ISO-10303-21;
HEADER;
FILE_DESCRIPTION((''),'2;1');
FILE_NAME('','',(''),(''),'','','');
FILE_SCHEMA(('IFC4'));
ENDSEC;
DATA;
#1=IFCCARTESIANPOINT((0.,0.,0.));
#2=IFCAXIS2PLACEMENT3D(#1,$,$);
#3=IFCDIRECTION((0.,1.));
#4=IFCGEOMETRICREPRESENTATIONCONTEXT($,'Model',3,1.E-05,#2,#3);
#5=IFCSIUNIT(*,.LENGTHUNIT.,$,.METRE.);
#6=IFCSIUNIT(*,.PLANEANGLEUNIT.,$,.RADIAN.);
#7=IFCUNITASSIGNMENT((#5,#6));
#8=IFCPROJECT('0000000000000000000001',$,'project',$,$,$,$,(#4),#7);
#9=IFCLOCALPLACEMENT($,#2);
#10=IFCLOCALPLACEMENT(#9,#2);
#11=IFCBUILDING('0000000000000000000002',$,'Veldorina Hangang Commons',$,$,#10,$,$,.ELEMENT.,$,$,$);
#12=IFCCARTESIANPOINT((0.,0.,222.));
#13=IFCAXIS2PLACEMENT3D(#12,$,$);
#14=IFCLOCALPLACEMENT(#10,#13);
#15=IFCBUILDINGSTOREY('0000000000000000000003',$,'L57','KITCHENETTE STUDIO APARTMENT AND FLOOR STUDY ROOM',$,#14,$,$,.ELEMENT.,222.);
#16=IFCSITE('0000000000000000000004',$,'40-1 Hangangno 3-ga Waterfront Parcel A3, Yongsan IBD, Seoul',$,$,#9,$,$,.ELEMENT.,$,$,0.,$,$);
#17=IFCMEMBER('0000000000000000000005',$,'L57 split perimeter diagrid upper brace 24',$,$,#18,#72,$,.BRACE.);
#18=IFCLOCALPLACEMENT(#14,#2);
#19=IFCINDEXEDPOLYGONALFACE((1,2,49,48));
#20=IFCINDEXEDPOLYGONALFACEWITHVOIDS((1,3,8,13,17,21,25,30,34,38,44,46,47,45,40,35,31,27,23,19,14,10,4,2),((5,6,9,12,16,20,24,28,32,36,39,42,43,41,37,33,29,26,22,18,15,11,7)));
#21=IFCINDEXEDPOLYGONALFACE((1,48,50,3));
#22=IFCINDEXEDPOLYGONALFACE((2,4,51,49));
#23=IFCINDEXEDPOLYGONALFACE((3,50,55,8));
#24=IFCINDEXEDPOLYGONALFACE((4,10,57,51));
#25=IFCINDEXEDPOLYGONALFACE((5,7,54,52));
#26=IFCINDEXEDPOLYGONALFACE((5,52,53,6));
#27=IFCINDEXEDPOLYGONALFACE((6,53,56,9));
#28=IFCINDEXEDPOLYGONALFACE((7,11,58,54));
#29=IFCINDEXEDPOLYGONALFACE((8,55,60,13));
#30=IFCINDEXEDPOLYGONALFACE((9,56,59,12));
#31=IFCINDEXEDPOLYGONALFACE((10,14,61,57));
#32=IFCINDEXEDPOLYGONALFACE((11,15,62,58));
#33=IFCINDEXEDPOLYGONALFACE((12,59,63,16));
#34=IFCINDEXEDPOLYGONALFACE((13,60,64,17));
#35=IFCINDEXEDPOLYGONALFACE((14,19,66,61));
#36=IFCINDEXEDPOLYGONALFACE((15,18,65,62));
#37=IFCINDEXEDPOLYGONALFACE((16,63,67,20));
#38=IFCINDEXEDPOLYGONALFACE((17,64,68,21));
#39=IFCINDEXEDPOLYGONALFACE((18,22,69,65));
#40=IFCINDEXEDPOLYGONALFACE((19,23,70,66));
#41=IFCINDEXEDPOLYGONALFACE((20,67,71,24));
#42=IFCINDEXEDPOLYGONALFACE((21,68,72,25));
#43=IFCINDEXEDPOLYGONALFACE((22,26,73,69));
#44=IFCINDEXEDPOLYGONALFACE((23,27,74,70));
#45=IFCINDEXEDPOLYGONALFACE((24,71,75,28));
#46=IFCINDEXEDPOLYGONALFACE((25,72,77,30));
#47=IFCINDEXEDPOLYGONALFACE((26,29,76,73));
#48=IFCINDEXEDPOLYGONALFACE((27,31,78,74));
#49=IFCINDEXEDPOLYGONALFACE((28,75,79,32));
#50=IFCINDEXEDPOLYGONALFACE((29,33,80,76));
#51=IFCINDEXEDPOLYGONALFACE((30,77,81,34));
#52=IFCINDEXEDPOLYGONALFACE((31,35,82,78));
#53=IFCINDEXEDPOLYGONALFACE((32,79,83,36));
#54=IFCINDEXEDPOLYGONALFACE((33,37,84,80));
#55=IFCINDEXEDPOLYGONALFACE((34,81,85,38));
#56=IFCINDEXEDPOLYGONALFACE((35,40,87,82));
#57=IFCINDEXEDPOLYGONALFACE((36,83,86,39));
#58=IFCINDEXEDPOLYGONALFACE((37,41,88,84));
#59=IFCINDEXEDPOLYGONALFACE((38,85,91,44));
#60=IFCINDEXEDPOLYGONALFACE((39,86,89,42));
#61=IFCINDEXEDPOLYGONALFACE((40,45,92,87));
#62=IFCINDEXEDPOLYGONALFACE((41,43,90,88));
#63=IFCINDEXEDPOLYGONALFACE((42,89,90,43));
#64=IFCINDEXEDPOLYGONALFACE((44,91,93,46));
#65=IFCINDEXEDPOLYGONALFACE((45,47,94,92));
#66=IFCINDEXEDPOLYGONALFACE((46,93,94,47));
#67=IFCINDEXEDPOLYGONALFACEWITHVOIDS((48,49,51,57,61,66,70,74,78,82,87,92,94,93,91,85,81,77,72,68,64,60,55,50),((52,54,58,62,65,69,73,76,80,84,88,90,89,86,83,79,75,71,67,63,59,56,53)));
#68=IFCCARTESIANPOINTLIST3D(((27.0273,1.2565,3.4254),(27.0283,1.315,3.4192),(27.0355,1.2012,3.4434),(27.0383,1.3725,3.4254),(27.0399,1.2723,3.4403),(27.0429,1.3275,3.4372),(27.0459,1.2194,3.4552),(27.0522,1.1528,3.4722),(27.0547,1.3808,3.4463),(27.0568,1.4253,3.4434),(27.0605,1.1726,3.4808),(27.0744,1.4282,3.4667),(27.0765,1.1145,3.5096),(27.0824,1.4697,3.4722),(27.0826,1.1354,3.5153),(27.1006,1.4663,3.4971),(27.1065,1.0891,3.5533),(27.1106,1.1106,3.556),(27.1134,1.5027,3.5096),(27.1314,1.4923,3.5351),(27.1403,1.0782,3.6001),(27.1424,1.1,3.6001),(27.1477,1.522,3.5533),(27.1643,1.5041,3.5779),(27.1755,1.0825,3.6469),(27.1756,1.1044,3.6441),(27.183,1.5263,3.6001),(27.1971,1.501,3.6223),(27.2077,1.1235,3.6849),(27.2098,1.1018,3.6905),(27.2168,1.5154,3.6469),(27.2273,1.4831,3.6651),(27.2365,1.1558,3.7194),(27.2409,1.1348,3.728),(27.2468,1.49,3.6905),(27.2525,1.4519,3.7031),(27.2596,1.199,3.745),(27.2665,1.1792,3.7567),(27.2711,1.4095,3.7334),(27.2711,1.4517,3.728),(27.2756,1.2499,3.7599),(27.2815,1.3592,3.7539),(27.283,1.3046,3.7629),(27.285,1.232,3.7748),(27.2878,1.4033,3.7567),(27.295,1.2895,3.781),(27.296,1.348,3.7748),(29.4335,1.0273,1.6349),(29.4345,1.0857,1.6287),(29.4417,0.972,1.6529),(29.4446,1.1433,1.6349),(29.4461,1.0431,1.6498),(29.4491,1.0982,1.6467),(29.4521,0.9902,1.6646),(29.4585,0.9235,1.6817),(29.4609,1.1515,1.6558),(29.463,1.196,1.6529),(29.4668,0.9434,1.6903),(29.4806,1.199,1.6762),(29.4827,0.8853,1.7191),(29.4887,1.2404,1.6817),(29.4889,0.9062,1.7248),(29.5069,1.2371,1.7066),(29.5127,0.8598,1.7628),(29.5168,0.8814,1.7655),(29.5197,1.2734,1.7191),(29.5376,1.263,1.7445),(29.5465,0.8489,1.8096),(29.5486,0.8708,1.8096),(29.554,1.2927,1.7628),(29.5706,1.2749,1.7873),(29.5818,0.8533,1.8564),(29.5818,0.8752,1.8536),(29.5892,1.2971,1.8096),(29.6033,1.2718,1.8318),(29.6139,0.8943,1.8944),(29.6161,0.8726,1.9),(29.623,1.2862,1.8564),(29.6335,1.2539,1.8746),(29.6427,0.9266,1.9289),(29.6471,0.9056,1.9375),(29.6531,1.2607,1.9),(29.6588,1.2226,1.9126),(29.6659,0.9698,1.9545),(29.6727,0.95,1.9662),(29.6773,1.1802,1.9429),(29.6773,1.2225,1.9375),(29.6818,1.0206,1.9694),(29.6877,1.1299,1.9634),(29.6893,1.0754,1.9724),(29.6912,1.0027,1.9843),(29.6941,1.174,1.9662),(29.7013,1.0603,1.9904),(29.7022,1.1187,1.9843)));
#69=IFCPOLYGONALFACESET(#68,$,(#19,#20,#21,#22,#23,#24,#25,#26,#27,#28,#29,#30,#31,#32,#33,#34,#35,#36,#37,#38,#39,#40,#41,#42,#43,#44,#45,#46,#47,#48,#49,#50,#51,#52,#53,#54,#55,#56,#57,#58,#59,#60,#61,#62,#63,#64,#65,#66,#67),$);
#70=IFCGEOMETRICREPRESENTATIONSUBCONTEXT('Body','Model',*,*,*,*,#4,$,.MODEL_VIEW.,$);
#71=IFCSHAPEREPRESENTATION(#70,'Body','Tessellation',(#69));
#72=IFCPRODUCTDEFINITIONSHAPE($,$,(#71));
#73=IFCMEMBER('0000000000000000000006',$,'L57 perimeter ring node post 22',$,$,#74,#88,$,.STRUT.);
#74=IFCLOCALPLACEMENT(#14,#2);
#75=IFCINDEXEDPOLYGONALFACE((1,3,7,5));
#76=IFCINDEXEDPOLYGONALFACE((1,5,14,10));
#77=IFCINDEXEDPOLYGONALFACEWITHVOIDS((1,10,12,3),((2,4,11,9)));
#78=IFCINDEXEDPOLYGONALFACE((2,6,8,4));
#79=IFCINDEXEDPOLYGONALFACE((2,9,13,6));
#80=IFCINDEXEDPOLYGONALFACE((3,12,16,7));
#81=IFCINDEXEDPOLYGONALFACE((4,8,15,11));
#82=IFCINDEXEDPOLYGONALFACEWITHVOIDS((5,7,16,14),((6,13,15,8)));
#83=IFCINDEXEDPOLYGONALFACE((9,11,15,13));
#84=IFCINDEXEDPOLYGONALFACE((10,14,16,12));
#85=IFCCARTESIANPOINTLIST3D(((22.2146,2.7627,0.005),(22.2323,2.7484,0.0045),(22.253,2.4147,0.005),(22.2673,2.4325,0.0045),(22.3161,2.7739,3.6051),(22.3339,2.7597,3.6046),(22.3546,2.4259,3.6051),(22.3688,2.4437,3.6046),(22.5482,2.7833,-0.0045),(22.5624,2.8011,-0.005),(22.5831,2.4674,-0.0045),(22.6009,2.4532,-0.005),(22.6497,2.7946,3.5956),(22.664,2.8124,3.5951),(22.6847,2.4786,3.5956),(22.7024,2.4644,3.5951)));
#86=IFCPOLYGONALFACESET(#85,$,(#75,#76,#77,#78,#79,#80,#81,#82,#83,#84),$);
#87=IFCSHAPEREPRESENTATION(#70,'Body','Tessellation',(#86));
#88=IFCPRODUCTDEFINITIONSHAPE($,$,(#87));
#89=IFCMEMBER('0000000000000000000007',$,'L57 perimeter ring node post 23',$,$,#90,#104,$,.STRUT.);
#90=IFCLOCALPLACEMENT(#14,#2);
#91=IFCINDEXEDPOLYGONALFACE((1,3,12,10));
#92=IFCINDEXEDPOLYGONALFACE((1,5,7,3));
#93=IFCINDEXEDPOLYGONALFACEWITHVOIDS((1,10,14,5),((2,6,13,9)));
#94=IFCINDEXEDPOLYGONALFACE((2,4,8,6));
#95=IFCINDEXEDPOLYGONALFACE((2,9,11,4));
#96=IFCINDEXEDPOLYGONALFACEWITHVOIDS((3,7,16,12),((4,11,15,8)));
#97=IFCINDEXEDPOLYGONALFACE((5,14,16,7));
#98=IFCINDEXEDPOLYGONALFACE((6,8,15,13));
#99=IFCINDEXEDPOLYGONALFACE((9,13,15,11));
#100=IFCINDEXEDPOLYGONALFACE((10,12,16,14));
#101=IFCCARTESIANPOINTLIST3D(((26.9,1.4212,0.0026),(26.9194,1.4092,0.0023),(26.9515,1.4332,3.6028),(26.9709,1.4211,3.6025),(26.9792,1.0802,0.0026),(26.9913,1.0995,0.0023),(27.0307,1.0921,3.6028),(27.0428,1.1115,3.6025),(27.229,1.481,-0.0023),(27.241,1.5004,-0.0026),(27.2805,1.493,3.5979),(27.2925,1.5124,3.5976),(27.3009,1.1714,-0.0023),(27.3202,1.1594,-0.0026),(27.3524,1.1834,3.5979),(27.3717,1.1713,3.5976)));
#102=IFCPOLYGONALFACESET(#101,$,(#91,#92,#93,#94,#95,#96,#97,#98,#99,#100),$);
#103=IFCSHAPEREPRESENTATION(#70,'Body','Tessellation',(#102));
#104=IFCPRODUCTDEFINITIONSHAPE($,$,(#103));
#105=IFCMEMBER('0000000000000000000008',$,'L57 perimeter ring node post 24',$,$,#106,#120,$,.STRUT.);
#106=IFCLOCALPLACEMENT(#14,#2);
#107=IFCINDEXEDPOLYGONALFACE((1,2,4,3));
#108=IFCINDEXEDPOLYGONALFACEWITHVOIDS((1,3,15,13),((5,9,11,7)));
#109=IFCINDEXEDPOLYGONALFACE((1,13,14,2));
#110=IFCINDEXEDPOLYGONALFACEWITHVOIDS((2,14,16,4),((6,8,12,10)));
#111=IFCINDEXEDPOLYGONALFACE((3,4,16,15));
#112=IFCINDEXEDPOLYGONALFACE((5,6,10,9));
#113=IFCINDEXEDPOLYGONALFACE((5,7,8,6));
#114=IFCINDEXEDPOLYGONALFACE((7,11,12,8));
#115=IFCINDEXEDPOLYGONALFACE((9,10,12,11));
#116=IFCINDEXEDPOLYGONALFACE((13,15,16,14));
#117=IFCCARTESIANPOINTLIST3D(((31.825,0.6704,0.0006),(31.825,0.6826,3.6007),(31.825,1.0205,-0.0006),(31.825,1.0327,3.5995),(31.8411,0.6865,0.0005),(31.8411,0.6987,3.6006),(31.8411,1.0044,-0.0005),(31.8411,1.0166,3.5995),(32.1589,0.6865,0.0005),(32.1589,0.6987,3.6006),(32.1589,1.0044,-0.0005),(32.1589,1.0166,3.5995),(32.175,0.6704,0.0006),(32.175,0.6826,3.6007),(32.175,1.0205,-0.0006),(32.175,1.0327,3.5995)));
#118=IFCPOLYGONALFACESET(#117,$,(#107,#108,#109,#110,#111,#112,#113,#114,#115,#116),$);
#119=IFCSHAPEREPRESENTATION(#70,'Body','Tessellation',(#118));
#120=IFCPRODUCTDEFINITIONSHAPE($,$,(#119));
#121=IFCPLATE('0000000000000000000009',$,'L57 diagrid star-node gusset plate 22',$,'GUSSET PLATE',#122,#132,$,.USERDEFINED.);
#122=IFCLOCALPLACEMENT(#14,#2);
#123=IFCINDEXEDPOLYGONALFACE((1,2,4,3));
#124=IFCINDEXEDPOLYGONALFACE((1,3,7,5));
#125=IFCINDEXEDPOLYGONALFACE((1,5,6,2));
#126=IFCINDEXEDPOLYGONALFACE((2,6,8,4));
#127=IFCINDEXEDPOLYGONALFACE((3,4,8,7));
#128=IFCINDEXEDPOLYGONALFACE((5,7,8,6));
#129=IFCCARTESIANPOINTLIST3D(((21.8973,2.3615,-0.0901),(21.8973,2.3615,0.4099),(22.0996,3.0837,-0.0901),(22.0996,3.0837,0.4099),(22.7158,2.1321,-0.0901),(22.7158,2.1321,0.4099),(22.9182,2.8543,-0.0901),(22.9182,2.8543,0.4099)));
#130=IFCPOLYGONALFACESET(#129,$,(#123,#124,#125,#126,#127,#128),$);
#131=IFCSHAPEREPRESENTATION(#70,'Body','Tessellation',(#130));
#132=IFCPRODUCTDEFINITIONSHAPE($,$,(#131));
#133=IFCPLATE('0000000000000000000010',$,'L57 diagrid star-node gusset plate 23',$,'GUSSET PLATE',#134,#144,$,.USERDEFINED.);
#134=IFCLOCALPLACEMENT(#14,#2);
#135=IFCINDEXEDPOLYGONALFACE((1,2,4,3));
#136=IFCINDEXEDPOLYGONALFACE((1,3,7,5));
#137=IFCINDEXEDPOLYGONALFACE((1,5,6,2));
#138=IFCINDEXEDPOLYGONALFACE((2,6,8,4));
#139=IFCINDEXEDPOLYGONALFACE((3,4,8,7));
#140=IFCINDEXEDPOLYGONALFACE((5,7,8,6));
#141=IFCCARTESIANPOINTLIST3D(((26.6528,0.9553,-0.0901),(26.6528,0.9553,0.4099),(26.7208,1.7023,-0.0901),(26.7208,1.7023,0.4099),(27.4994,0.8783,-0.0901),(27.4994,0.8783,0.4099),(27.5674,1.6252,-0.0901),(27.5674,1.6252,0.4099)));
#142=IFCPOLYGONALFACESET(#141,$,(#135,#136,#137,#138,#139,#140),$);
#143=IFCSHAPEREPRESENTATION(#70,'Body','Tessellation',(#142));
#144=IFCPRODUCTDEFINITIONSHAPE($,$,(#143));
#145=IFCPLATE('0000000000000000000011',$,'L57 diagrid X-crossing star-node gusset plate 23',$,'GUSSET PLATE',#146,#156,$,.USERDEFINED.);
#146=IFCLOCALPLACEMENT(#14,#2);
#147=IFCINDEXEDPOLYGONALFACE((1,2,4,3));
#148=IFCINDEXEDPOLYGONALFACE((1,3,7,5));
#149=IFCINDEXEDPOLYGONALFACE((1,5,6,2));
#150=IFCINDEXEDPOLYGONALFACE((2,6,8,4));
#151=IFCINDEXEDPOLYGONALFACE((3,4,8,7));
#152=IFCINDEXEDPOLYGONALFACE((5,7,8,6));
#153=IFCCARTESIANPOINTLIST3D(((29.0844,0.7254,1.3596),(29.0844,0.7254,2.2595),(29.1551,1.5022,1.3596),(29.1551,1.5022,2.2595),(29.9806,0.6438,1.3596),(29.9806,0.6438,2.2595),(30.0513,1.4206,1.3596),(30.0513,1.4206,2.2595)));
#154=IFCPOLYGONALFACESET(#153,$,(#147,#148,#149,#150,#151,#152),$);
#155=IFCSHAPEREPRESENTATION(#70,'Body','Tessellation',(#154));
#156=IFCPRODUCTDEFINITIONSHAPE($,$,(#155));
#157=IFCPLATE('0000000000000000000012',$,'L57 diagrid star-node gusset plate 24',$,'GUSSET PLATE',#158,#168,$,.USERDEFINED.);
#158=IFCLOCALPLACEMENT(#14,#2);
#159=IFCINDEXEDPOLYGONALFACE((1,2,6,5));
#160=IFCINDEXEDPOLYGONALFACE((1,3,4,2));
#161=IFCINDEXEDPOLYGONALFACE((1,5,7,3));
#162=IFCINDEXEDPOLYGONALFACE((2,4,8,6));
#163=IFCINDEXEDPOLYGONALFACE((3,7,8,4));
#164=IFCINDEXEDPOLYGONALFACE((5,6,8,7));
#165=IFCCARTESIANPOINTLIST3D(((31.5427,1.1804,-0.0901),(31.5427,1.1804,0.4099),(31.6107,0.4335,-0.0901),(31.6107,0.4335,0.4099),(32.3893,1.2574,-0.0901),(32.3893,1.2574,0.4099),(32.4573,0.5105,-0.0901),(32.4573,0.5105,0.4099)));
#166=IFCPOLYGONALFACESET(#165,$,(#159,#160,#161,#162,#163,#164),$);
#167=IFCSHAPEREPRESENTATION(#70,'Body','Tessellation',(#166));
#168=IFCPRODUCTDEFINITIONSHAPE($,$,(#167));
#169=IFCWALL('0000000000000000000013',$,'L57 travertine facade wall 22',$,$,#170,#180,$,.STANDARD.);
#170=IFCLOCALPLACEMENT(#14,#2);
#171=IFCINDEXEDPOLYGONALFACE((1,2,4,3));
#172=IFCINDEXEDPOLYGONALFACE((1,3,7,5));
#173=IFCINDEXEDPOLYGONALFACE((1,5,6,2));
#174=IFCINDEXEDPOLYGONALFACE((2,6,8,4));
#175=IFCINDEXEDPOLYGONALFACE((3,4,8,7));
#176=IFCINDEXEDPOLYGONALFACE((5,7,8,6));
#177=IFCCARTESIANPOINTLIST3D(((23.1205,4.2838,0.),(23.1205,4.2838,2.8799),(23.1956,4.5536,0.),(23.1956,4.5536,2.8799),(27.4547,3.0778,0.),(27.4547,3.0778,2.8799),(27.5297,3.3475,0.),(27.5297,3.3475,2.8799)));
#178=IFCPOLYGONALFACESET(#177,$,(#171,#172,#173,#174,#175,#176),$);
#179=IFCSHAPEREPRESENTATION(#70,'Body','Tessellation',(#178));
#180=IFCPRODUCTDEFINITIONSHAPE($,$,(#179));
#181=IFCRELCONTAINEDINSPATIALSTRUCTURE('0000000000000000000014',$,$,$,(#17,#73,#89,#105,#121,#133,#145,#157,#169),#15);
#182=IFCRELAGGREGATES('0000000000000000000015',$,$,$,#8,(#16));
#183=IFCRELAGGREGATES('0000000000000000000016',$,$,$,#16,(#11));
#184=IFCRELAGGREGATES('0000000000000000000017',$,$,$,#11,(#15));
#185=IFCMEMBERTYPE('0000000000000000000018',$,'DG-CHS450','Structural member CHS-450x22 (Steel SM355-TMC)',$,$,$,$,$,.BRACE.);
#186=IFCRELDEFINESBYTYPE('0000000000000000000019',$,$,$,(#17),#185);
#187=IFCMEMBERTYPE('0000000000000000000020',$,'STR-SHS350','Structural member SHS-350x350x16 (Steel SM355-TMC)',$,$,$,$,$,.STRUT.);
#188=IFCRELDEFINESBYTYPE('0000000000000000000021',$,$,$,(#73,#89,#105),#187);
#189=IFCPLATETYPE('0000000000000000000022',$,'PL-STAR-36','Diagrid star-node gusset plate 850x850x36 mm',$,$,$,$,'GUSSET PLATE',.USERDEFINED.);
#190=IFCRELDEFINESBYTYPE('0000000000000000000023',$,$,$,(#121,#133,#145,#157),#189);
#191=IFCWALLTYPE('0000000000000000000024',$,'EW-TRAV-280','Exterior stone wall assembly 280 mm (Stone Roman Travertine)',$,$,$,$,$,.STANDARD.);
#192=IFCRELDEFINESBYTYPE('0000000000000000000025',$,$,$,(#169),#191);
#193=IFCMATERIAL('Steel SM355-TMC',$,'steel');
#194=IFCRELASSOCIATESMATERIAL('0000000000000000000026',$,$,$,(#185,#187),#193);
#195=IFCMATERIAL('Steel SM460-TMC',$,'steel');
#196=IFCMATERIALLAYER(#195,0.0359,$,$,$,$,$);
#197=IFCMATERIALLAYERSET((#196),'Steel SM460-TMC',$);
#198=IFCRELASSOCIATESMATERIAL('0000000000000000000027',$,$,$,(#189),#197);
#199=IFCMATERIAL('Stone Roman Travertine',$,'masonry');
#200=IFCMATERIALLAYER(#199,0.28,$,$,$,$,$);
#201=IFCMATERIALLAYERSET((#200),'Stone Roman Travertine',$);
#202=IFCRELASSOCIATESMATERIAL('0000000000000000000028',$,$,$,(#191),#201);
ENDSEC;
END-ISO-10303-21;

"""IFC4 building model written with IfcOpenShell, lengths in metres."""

from ifc_helpers import new_model, si_unit, direction, frame, frame_2d, origin, origin_2d, place, context, subcontext, project, spatial, rectangle, hollow_rectangle, hollow_circle, extrude, material, layer, layer_set, material_profile, profile_set, type_object, element, save


model = new_model("IFC4")

# Units and contexts
model_context = context("Model", 3, precision=1e-05, world=origin(), true_north=direction((0.0, 1.0)))
body_context = subcontext(model_context, "Body", "Model", "MODEL_VIEW")
ifc_project = project(units=[si_unit("LENGTHUNIT", "METRE"), si_unit("PLANEANGLEUNIT", "RADIAN")], contexts=[model_context])

# Site, building, storey
site_placement = place(None, origin())
site = spatial("IfcSite", under=ifc_project, at=site_placement, Name="40-1 Hangangno 3-ga Waterfront Parcel A3, Yongsan IBD, Seoul", CompositionType="ELEMENT", RefElevation=0.0)
building_placement = place(site_placement, origin())
building = spatial("IfcBuilding", under=site, at=building_placement, Name="Veldorina Hangang Commons", CompositionType="ELEMENT")
storey_placement = place(building_placement, frame((0.0, 0.0, 222.0)))
storey = spatial("IfcBuildingStorey", under=building, at=storey_placement, Name="L57", Description="KITCHENETTE STUDIO APARTMENT AND FLOOR STUDY ROOM", CompositionType="ELEMENT", Elevation=222.0)

# Shared definitions
ifc_material_1 = material(Name="Steel SM355-TMC", Category="steel")

# Members
ifc_material_profile_1 = material_profile(ifc_material_1, hollow_circle(Radius=0.2251, WallThickness=0.022, at=origin_2d()), Name="CHS-450x22")
ifc_profile_set_1 = profile_set([ifc_material_profile_1], Name="Steel SM355-TMC")
member_type_1 = type_object("IfcMemberType", Name="DG-CHS450", Description="Structural member CHS-450x22 (Steel SM355-TMC)", PredefinedType="BRACE", material=ifc_profile_set_1)
member_1_placement = place(storey_placement, frame((29.5679, 1.073, 1.8096), z_axis=(-0.799927, 0.076211, 0.595238), x_axis=(-0.094842, -0.995492, 0.0)))
element("IfcMember", 1, at=member_1_placement, inside=storey, type_object=member_type_1, Name="L57 split perimeter diagrid upper brace 24", PredefinedType="BRACE", context=body_context, shape_type="SweptSolid", body=[
    extrude(hollow_circle(Radius=0.2251, WallThickness=0.022, at=origin_2d()), origin(), (0.0, 0.0, 1.0), 3.0081),
])
ifc_material_profile_2 = material_profile(ifc_material_1, hollow_rectangle(XDim=0.3501, YDim=0.3501, WallThickness=0.0161, at=origin_2d()), Name="SHS-350x350x16")
ifc_profile_set_2 = profile_set([ifc_material_profile_2], Name="Steel SM355-TMC")
member_type_2 = type_object("IfcMemberType", Name="STR-SHS350", Description="Structural member SHS-350x350x16 (Steel SM355-TMC)", PredefinedType="STRUT", material=ifc_profile_set_2)
member_2_placement = place(storey_placement, frame((22.4077, 2.6079, 0.0), z_axis=(0.0282, 0.003118, 0.999597), x_axis=(-0.109907, 0.993942, 0.0)))
element("IfcMember", 2, at=member_2_placement, inside=storey, type_object=member_type_2, Name="L57 perimeter ring node post 22", PredefinedType="STRUT", context=body_context, shape_type="SweptSolid", body=[
    extrude(hollow_rectangle(XDim=0.3501, YDim=0.3501, WallThickness=0.0161, at=origin_2d()), origin(), (0.0, 0.0, 1.0), 3.6016),
])
member_3_placement = place(storey_placement, frame((27.1101, 1.2903, 0.0), z_axis=(0.014307, 0.003323, 0.999892), x_axis=(-0.226208, 0.974079, 0.0)))
element("IfcMember", 3, at=member_3_placement, inside=storey, type_object=member_type_2, Name="L57 perimeter ring node post 23", PredefinedType="STRUT", context=body_context, shape_type="SweptSolid", body=[
    extrude(hollow_rectangle(XDim=0.3501, YDim=0.3501, WallThickness=0.0161, at=origin_2d()), origin(), (0.0, 0.0, 1.0), 3.6006),
])
member_4_placement = place(storey_placement, frame((32.0, 0.8455, 0.0), z_axis=(0.0, 0.003391, 0.999994), x_axis=(-1.0, 0.0, 0.0)))
element("IfcMember", 4, at=member_4_placement, inside=storey, type_object=member_type_2, Name="L57 perimeter ring node post 24", PredefinedType="STRUT", context=body_context, shape_type="SweptSolid", body=[
    extrude(hollow_rectangle(XDim=0.3501, YDim=0.3501, WallThickness=0.0161, at=origin_2d()), origin(), (0.0, 0.0, 1.0), 3.6001),
])

# Plates
ifc_material_2 = material(Name="Steel SM460-TMC", Category="steel")
ifc_layer_1 = layer(ifc_material_2, 0.0359)
ifc_layer_set_1 = layer_set([ifc_layer_1], Name="Steel SM460-TMC")
plate_type = type_object("IfcPlateType", Name="PL-STAR-36", Description="Diagrid star-node gusset plate 850x850x36 mm", ElementType="GUSSET PLATE", PredefinedType="USERDEFINED", material=ifc_layer_set_1)
for number, where, z_axis, x_axis, name in (
    (5, (22.4077, 2.6079, -0.0901), (0.0, 0.0, 1.0), (0.962913, -0.269811, 0.0), "L57 diagrid star-node gusset plate 22"),
    (6, (27.1101, 1.2903, -0.0901), (0.0, 0.0, 1.0), (0.995886, -0.090615, 0.0), "L57 diagrid star-node gusset plate 23"),
):
    element("IfcPlate", number, at=place(storey_placement, frame(where, z_axis=z_axis, x_axis=x_axis)), inside=storey, type_object=plate_type, Name=name, ObjectType="GUSSET PLATE", PredefinedType="USERDEFINED", context=body_context, shape_type="SweptSolid", body=[
        extrude(rectangle(XDim=0.8501, YDim=0.75, at=origin_2d()), origin(), (0.0, 0.0, 1.0), 0.5),
    ])
plate_1_placement = place(storey_placement, frame((29.5679, 1.073, 1.3596), z_axis=(0.0, 0.0, 1.0), x_axis=(0.995886, -0.090615, 0.0)))
element("IfcPlate", 7, at=plate_1_placement, inside=storey, type_object=plate_type, Name="L57 diagrid X-crossing star-node gusset plate 23", ObjectType="GUSSET PLATE", PredefinedType="USERDEFINED", context=body_context, shape_type="SweptSolid", body=[
    extrude(rectangle(XDim=0.8999, YDim=0.78, at=origin_2d()), origin(), (0.0, 0.0, 1.0), 0.8999),
])
plate_2_placement = place(storey_placement, frame((32.0, 0.8455, -0.0901), z_axis=(0.0, 0.0, 1.0), x_axis=(0.995886, 0.090615, 0.0)))
element("IfcPlate", 8, at=plate_2_placement, inside=storey, type_object=plate_type, Name="L57 diagrid star-node gusset plate 24", ObjectType="GUSSET PLATE", PredefinedType="USERDEFINED", context=body_context, shape_type="SweptSolid", body=[
    extrude(rectangle(XDim=0.8501, YDim=0.75, at=origin_2d()), origin(), (0.0, 0.0, 1.0), 0.5),
])

# Wall
ifc_material_3 = material(Name="Stone Roman Travertine", Category="masonry")
ifc_layer_2 = layer(ifc_material_3, 0.28)
ifc_layer_set_2 = layer_set([ifc_layer_2], Name="Stone Roman Travertine")
wall_type_1 = type_object("IfcWallType", Name="EW-TRAV-280", Description="Exterior stone wall assembly 280 mm (Stone Roman Travertine)", PredefinedType="STANDARD", material=ifc_layer_set_2)
wall_1_placement = place(storey_placement, frame((23.158, 4.4187, 0.0), z_axis=(0.0, 0.0, 1.0), x_axis=(0.963397, -0.268078, 0.0)))
element("IfcWall", 9, at=wall_1_placement, inside=storey, type_object=wall_type_1, Name="L57 travertine facade wall 22", PredefinedType="STANDARD", context=body_context, shape_type="SweptSolid", body=[
    extrude(rectangle(XDim=4.4988, YDim=0.28, at=frame_2d((2.2495, 0.0))), origin(), (0.0, 0.0, 1.0), 2.8799),
])

save(model, "model.ifc")
